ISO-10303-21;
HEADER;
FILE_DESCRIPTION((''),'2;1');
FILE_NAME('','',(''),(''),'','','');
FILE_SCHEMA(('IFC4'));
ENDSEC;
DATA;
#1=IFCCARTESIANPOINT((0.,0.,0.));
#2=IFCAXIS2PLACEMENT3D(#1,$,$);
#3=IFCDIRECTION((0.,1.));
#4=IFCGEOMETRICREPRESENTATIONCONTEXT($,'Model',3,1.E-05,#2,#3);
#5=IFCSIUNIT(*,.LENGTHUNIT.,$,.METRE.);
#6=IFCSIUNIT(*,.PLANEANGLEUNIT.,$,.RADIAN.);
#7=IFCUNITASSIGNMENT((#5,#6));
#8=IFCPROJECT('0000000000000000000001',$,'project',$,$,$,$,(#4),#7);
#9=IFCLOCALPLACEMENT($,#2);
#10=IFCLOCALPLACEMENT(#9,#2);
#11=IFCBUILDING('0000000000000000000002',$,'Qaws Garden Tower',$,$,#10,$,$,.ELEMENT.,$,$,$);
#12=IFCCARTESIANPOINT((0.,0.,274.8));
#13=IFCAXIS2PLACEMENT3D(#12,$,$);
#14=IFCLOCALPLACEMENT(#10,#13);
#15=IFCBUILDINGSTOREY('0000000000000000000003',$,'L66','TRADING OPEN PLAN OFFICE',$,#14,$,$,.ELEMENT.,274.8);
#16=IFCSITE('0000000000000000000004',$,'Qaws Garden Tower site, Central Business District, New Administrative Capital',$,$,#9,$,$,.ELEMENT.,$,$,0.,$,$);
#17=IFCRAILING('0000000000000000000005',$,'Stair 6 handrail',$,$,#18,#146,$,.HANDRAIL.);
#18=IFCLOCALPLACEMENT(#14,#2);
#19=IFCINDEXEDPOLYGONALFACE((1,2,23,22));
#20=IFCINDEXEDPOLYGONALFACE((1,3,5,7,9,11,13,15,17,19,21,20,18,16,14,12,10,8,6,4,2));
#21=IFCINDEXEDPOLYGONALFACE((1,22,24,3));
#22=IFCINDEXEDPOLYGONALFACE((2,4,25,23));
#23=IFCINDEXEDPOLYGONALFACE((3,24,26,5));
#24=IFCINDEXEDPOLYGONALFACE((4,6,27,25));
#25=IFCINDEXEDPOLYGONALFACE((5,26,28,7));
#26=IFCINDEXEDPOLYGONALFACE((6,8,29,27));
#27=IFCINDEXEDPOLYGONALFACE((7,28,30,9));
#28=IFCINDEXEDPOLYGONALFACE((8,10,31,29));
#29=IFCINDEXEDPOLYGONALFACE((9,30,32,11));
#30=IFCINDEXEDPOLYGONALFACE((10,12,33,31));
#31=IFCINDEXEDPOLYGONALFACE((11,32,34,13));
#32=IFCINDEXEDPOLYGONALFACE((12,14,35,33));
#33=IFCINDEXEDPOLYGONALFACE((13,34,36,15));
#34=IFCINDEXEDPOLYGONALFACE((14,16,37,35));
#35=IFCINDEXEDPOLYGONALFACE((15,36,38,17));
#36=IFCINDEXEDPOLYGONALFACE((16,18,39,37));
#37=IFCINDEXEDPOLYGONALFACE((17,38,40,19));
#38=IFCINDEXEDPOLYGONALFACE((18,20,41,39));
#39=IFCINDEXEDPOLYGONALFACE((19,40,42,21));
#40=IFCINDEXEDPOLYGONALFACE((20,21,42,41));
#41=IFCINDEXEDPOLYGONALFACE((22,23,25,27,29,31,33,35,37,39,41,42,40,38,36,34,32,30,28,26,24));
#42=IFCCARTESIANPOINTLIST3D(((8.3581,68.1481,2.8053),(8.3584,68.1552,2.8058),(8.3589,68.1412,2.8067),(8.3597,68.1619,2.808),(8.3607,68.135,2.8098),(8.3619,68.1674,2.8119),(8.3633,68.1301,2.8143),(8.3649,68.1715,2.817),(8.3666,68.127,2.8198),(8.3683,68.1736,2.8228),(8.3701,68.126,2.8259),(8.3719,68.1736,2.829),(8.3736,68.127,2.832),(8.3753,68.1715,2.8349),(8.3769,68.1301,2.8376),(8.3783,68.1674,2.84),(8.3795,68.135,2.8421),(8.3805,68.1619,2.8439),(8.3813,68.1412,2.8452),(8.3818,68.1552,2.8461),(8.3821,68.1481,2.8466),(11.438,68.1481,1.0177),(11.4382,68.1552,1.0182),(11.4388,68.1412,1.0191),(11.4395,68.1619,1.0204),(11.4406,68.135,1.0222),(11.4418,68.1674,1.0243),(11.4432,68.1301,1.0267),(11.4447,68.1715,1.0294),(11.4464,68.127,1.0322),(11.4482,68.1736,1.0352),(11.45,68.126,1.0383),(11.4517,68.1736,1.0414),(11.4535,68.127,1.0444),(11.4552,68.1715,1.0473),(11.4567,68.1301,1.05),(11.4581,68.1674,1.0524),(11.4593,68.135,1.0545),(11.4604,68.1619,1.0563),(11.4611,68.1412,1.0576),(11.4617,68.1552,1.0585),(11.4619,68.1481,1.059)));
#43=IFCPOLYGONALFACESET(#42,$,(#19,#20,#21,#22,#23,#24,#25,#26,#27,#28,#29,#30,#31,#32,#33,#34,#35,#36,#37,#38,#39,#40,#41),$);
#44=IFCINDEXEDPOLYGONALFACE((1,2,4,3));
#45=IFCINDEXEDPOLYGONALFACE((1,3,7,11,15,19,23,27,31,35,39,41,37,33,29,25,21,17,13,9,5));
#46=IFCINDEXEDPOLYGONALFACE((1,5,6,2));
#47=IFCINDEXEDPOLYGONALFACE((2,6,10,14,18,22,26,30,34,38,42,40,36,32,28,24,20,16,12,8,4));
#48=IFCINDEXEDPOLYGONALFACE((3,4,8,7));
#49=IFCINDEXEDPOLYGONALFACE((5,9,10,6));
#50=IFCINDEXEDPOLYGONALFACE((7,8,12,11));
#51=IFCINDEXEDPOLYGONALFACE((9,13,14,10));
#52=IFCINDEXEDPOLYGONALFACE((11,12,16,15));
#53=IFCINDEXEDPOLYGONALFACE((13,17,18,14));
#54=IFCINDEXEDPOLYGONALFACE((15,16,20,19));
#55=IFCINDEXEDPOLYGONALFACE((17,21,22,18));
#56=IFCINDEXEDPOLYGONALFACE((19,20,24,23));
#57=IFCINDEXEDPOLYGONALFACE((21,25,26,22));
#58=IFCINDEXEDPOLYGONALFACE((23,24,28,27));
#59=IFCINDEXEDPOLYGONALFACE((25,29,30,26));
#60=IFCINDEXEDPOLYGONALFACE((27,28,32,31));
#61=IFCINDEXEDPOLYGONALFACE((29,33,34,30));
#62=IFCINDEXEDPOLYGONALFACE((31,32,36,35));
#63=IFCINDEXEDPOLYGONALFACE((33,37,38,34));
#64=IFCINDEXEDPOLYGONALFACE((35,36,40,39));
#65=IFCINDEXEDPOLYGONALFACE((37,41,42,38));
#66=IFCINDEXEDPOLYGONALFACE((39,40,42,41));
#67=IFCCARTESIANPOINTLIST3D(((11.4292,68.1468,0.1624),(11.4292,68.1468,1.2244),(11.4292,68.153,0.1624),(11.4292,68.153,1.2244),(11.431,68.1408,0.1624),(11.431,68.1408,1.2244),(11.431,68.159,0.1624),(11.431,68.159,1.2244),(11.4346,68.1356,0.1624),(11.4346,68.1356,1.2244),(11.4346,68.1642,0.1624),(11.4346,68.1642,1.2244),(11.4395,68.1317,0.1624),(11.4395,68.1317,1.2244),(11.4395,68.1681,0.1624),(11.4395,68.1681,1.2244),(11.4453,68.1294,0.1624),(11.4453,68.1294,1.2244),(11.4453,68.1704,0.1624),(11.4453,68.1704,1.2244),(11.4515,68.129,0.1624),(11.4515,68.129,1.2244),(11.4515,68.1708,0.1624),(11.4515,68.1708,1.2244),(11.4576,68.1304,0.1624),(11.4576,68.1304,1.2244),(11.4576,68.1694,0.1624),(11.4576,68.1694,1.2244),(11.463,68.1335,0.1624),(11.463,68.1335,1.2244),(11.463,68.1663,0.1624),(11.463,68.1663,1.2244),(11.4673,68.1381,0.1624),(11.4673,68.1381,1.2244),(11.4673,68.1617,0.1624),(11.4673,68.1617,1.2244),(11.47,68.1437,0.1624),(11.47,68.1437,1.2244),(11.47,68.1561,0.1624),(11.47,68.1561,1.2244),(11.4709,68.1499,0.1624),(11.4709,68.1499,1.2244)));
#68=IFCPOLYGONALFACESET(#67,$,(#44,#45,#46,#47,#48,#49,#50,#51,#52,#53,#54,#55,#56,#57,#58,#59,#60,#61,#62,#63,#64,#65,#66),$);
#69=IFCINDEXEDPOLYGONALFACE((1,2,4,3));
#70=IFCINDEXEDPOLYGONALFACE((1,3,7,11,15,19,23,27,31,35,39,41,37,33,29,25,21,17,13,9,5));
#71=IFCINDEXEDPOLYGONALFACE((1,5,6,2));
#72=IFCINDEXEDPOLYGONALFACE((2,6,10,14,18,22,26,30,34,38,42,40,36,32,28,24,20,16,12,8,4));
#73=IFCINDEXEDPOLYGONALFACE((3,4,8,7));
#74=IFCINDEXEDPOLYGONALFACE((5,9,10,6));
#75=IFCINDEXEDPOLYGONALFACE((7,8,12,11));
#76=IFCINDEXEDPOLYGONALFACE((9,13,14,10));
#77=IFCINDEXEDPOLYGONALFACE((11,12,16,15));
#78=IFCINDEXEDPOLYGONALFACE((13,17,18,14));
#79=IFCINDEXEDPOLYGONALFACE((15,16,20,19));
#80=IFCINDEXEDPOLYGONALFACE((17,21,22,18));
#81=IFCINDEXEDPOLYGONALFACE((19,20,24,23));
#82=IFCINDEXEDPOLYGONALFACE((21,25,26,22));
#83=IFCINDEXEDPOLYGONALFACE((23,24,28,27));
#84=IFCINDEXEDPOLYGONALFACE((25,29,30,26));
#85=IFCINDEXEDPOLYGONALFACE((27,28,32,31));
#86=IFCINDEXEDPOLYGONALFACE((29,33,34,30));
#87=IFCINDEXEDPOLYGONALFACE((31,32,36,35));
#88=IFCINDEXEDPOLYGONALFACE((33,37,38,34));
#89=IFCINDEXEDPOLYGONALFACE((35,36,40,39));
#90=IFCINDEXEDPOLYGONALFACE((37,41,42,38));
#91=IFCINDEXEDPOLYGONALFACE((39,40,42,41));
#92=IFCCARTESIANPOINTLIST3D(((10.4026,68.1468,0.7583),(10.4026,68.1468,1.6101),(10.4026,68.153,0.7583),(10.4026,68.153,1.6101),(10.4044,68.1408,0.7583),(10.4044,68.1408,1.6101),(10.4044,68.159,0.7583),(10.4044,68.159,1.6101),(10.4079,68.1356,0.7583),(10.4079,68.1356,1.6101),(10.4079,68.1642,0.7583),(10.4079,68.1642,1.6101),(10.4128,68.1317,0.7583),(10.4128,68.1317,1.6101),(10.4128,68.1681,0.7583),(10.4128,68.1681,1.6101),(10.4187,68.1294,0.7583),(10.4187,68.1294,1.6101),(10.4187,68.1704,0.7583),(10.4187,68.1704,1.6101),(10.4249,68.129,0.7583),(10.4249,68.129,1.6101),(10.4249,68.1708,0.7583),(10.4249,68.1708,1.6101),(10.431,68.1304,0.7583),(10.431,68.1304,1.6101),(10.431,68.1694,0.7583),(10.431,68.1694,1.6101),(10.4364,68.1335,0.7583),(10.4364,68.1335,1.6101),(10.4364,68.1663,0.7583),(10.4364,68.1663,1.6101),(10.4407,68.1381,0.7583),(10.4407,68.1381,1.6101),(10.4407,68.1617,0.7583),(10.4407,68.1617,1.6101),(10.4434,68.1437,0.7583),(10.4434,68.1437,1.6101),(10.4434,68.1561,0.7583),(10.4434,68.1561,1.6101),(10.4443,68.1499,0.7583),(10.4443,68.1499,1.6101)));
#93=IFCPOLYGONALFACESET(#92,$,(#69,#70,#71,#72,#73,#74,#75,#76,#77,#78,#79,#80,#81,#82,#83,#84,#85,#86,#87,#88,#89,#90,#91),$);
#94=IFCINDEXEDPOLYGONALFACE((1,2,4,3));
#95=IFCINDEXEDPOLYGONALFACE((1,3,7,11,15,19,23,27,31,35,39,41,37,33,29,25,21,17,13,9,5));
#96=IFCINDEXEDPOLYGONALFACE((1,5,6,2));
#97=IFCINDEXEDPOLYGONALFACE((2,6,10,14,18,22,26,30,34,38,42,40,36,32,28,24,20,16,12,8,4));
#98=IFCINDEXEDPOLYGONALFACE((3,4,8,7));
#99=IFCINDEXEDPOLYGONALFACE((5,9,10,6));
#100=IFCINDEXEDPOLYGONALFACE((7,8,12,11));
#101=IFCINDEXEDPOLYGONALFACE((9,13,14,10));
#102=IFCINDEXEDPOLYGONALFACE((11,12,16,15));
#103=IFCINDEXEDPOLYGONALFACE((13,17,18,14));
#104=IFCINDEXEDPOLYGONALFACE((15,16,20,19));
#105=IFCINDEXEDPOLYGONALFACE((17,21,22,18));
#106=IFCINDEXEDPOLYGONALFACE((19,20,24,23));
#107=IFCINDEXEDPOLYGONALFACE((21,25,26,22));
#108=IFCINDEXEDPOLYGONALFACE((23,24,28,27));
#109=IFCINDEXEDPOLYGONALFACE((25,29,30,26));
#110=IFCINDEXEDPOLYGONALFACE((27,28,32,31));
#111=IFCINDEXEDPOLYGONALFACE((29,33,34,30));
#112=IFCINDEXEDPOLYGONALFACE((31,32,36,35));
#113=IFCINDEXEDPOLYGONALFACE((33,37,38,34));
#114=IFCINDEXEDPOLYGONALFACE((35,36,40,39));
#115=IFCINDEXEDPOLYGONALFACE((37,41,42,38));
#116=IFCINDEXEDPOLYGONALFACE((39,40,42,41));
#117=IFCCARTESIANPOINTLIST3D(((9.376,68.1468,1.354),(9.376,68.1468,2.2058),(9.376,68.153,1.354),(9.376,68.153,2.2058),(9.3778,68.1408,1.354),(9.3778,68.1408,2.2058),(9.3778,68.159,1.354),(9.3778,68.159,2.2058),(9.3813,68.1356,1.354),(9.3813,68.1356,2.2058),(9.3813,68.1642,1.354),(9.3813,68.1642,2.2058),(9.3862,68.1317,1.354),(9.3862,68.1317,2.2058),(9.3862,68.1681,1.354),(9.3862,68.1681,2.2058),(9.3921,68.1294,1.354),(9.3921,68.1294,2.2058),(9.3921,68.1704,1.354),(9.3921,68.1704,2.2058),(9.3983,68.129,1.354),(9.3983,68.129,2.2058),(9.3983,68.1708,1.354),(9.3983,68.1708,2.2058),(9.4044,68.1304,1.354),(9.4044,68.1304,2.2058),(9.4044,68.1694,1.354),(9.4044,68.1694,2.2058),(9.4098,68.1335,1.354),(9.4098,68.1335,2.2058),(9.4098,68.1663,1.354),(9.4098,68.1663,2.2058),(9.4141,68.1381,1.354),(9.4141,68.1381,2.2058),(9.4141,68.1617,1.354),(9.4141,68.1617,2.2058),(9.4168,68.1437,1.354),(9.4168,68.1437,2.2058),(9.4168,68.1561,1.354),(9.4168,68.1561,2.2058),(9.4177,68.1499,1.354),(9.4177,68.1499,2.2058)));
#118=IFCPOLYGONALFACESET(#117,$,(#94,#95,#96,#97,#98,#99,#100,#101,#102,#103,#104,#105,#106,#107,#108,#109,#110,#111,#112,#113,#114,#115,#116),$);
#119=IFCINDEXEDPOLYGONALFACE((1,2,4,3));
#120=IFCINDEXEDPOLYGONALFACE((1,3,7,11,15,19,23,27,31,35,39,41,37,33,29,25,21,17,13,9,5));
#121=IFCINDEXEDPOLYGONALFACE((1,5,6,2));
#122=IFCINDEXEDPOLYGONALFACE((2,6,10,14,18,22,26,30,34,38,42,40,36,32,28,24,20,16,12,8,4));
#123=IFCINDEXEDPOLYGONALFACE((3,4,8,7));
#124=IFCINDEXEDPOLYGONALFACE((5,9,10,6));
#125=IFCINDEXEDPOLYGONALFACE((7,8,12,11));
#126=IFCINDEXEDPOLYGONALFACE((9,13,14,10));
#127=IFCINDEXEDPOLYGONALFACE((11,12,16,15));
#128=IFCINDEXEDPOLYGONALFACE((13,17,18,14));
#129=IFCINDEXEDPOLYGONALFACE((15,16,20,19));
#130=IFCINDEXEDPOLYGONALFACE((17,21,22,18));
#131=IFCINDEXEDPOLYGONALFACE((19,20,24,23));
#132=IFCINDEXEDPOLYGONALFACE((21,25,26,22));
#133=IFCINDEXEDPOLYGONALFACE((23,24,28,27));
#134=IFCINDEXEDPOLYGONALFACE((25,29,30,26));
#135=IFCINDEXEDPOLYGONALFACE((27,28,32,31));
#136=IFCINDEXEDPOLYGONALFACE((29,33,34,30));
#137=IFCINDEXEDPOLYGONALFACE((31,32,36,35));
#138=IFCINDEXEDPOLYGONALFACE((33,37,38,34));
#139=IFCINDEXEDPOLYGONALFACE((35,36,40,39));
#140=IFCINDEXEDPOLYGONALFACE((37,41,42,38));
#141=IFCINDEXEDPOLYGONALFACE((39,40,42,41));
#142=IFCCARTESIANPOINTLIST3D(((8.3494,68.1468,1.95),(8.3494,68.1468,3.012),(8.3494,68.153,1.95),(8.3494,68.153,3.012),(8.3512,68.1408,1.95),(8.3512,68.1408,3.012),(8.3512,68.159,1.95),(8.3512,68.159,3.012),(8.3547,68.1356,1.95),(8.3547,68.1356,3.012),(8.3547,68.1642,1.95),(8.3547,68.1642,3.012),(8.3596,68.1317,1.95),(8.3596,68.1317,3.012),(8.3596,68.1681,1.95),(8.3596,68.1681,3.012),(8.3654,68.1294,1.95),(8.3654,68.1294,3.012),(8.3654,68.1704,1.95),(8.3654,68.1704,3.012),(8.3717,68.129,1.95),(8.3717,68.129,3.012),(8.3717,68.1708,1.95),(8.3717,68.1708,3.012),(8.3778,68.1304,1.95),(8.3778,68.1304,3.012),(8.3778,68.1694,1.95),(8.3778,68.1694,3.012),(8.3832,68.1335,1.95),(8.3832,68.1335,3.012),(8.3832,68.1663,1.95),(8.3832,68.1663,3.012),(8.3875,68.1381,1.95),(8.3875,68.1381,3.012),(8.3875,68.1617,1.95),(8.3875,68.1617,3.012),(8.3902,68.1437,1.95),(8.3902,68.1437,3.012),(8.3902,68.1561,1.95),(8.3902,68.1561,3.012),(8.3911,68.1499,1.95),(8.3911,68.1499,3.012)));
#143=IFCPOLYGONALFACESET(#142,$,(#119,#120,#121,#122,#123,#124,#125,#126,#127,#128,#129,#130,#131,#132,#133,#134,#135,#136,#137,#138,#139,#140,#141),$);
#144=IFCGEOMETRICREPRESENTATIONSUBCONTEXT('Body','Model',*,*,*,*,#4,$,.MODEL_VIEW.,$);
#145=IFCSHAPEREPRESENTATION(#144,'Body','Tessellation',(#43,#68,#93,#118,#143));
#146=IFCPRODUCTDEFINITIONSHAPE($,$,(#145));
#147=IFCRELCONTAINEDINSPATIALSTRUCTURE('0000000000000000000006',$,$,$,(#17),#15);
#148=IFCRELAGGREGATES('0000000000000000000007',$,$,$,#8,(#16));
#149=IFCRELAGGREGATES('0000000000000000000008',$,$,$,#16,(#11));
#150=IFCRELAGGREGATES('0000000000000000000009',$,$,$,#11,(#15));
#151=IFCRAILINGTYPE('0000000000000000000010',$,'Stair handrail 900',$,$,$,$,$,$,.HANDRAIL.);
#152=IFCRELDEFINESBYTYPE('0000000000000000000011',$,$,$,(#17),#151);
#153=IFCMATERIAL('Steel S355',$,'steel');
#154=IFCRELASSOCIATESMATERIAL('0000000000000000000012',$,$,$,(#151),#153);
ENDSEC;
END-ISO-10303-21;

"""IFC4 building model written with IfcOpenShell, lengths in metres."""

from ifc_helpers import new_model, si_unit, direction, frame, origin, origin_2d, place, context, subcontext, project, spatial, circle, extrude, material, type_object, element, save


model = new_model("IFC4")

# Units and contexts
model_context = context("Model", 3, precision=1e-05, world=origin(), true_north=direction((0.0, 1.0)))
body_context = subcontext(model_context, "Body", "Model", "MODEL_VIEW")
ifc_project = project(units=[si_unit("LENGTHUNIT", "METRE"), si_unit("PLANEANGLEUNIT", "RADIAN")], contexts=[model_context])

# Site, building, storey
site_placement = place(None, origin())
site = spatial("IfcSite", under=ifc_project, at=site_placement, Name="Qaws Garden Tower site, Central Business District, New Administrative Capital", CompositionType="ELEMENT", RefElevation=0.0)
building_placement = place(site_placement, origin())
building = spatial("IfcBuilding", under=site, at=building_placement, Name="Qaws Garden Tower", CompositionType="ELEMENT")
storey_placement = place(building_placement, frame((0.0, 0.0, 274.8)))
storey = spatial("IfcBuildingStorey", under=building, at=storey_placement, Name="L66", Description="TRADING OPEN PLAN OFFICE", CompositionType="ELEMENT", Elevation=274.8)

# Railing
ifc_material_1 = material(Name="Steel S355", Category="steel")
railing_type = type_object("IfcRailingType", Name="Stair handrail 900", PredefinedType="HANDRAIL", material=ifc_material_1)
railing_1_placement = place(storey_placement, frame((11.45, 68.1499, 0.1624)))
element("IfcRailing", 1, at=railing_1_placement, inside=storey, type_object=railing_type, Name="Stair 6 handrail", PredefinedType="HANDRAIL", context=body_context, shape_type="SweptSolid", body=[
    extrude(circle(Radius=0.0239, at=origin_2d()), frame((0.0, 0.0, 0.876), z_axis=(-0.864873, 0.0, 0.50199), x_axis=(0.0, -1.0, 0.0)), (0.0, 0.0, 1.0), 3.561),
    extrude(circle(Radius=0.021, at=origin_2d()), origin(), (0.0, 0.0, 1.0), 1.062),
    extrude(circle(Radius=0.021, at=origin_2d()), frame((-1.0266, 0.0, 0.5959)), (0.0, 0.0, 1.0), 0.8518),
    extrude(circle(Radius=0.021, at=origin_2d()), frame((-2.0532, 0.0, 1.1917)), (0.0, 0.0, 1.0), 0.8518),
    extrude(circle(Radius=0.021, at=origin_2d()), frame((-3.0798, 0.0, 1.7876)), (0.0, 0.0, 1.0), 1.062),
])

save(model, "model.ifc")
